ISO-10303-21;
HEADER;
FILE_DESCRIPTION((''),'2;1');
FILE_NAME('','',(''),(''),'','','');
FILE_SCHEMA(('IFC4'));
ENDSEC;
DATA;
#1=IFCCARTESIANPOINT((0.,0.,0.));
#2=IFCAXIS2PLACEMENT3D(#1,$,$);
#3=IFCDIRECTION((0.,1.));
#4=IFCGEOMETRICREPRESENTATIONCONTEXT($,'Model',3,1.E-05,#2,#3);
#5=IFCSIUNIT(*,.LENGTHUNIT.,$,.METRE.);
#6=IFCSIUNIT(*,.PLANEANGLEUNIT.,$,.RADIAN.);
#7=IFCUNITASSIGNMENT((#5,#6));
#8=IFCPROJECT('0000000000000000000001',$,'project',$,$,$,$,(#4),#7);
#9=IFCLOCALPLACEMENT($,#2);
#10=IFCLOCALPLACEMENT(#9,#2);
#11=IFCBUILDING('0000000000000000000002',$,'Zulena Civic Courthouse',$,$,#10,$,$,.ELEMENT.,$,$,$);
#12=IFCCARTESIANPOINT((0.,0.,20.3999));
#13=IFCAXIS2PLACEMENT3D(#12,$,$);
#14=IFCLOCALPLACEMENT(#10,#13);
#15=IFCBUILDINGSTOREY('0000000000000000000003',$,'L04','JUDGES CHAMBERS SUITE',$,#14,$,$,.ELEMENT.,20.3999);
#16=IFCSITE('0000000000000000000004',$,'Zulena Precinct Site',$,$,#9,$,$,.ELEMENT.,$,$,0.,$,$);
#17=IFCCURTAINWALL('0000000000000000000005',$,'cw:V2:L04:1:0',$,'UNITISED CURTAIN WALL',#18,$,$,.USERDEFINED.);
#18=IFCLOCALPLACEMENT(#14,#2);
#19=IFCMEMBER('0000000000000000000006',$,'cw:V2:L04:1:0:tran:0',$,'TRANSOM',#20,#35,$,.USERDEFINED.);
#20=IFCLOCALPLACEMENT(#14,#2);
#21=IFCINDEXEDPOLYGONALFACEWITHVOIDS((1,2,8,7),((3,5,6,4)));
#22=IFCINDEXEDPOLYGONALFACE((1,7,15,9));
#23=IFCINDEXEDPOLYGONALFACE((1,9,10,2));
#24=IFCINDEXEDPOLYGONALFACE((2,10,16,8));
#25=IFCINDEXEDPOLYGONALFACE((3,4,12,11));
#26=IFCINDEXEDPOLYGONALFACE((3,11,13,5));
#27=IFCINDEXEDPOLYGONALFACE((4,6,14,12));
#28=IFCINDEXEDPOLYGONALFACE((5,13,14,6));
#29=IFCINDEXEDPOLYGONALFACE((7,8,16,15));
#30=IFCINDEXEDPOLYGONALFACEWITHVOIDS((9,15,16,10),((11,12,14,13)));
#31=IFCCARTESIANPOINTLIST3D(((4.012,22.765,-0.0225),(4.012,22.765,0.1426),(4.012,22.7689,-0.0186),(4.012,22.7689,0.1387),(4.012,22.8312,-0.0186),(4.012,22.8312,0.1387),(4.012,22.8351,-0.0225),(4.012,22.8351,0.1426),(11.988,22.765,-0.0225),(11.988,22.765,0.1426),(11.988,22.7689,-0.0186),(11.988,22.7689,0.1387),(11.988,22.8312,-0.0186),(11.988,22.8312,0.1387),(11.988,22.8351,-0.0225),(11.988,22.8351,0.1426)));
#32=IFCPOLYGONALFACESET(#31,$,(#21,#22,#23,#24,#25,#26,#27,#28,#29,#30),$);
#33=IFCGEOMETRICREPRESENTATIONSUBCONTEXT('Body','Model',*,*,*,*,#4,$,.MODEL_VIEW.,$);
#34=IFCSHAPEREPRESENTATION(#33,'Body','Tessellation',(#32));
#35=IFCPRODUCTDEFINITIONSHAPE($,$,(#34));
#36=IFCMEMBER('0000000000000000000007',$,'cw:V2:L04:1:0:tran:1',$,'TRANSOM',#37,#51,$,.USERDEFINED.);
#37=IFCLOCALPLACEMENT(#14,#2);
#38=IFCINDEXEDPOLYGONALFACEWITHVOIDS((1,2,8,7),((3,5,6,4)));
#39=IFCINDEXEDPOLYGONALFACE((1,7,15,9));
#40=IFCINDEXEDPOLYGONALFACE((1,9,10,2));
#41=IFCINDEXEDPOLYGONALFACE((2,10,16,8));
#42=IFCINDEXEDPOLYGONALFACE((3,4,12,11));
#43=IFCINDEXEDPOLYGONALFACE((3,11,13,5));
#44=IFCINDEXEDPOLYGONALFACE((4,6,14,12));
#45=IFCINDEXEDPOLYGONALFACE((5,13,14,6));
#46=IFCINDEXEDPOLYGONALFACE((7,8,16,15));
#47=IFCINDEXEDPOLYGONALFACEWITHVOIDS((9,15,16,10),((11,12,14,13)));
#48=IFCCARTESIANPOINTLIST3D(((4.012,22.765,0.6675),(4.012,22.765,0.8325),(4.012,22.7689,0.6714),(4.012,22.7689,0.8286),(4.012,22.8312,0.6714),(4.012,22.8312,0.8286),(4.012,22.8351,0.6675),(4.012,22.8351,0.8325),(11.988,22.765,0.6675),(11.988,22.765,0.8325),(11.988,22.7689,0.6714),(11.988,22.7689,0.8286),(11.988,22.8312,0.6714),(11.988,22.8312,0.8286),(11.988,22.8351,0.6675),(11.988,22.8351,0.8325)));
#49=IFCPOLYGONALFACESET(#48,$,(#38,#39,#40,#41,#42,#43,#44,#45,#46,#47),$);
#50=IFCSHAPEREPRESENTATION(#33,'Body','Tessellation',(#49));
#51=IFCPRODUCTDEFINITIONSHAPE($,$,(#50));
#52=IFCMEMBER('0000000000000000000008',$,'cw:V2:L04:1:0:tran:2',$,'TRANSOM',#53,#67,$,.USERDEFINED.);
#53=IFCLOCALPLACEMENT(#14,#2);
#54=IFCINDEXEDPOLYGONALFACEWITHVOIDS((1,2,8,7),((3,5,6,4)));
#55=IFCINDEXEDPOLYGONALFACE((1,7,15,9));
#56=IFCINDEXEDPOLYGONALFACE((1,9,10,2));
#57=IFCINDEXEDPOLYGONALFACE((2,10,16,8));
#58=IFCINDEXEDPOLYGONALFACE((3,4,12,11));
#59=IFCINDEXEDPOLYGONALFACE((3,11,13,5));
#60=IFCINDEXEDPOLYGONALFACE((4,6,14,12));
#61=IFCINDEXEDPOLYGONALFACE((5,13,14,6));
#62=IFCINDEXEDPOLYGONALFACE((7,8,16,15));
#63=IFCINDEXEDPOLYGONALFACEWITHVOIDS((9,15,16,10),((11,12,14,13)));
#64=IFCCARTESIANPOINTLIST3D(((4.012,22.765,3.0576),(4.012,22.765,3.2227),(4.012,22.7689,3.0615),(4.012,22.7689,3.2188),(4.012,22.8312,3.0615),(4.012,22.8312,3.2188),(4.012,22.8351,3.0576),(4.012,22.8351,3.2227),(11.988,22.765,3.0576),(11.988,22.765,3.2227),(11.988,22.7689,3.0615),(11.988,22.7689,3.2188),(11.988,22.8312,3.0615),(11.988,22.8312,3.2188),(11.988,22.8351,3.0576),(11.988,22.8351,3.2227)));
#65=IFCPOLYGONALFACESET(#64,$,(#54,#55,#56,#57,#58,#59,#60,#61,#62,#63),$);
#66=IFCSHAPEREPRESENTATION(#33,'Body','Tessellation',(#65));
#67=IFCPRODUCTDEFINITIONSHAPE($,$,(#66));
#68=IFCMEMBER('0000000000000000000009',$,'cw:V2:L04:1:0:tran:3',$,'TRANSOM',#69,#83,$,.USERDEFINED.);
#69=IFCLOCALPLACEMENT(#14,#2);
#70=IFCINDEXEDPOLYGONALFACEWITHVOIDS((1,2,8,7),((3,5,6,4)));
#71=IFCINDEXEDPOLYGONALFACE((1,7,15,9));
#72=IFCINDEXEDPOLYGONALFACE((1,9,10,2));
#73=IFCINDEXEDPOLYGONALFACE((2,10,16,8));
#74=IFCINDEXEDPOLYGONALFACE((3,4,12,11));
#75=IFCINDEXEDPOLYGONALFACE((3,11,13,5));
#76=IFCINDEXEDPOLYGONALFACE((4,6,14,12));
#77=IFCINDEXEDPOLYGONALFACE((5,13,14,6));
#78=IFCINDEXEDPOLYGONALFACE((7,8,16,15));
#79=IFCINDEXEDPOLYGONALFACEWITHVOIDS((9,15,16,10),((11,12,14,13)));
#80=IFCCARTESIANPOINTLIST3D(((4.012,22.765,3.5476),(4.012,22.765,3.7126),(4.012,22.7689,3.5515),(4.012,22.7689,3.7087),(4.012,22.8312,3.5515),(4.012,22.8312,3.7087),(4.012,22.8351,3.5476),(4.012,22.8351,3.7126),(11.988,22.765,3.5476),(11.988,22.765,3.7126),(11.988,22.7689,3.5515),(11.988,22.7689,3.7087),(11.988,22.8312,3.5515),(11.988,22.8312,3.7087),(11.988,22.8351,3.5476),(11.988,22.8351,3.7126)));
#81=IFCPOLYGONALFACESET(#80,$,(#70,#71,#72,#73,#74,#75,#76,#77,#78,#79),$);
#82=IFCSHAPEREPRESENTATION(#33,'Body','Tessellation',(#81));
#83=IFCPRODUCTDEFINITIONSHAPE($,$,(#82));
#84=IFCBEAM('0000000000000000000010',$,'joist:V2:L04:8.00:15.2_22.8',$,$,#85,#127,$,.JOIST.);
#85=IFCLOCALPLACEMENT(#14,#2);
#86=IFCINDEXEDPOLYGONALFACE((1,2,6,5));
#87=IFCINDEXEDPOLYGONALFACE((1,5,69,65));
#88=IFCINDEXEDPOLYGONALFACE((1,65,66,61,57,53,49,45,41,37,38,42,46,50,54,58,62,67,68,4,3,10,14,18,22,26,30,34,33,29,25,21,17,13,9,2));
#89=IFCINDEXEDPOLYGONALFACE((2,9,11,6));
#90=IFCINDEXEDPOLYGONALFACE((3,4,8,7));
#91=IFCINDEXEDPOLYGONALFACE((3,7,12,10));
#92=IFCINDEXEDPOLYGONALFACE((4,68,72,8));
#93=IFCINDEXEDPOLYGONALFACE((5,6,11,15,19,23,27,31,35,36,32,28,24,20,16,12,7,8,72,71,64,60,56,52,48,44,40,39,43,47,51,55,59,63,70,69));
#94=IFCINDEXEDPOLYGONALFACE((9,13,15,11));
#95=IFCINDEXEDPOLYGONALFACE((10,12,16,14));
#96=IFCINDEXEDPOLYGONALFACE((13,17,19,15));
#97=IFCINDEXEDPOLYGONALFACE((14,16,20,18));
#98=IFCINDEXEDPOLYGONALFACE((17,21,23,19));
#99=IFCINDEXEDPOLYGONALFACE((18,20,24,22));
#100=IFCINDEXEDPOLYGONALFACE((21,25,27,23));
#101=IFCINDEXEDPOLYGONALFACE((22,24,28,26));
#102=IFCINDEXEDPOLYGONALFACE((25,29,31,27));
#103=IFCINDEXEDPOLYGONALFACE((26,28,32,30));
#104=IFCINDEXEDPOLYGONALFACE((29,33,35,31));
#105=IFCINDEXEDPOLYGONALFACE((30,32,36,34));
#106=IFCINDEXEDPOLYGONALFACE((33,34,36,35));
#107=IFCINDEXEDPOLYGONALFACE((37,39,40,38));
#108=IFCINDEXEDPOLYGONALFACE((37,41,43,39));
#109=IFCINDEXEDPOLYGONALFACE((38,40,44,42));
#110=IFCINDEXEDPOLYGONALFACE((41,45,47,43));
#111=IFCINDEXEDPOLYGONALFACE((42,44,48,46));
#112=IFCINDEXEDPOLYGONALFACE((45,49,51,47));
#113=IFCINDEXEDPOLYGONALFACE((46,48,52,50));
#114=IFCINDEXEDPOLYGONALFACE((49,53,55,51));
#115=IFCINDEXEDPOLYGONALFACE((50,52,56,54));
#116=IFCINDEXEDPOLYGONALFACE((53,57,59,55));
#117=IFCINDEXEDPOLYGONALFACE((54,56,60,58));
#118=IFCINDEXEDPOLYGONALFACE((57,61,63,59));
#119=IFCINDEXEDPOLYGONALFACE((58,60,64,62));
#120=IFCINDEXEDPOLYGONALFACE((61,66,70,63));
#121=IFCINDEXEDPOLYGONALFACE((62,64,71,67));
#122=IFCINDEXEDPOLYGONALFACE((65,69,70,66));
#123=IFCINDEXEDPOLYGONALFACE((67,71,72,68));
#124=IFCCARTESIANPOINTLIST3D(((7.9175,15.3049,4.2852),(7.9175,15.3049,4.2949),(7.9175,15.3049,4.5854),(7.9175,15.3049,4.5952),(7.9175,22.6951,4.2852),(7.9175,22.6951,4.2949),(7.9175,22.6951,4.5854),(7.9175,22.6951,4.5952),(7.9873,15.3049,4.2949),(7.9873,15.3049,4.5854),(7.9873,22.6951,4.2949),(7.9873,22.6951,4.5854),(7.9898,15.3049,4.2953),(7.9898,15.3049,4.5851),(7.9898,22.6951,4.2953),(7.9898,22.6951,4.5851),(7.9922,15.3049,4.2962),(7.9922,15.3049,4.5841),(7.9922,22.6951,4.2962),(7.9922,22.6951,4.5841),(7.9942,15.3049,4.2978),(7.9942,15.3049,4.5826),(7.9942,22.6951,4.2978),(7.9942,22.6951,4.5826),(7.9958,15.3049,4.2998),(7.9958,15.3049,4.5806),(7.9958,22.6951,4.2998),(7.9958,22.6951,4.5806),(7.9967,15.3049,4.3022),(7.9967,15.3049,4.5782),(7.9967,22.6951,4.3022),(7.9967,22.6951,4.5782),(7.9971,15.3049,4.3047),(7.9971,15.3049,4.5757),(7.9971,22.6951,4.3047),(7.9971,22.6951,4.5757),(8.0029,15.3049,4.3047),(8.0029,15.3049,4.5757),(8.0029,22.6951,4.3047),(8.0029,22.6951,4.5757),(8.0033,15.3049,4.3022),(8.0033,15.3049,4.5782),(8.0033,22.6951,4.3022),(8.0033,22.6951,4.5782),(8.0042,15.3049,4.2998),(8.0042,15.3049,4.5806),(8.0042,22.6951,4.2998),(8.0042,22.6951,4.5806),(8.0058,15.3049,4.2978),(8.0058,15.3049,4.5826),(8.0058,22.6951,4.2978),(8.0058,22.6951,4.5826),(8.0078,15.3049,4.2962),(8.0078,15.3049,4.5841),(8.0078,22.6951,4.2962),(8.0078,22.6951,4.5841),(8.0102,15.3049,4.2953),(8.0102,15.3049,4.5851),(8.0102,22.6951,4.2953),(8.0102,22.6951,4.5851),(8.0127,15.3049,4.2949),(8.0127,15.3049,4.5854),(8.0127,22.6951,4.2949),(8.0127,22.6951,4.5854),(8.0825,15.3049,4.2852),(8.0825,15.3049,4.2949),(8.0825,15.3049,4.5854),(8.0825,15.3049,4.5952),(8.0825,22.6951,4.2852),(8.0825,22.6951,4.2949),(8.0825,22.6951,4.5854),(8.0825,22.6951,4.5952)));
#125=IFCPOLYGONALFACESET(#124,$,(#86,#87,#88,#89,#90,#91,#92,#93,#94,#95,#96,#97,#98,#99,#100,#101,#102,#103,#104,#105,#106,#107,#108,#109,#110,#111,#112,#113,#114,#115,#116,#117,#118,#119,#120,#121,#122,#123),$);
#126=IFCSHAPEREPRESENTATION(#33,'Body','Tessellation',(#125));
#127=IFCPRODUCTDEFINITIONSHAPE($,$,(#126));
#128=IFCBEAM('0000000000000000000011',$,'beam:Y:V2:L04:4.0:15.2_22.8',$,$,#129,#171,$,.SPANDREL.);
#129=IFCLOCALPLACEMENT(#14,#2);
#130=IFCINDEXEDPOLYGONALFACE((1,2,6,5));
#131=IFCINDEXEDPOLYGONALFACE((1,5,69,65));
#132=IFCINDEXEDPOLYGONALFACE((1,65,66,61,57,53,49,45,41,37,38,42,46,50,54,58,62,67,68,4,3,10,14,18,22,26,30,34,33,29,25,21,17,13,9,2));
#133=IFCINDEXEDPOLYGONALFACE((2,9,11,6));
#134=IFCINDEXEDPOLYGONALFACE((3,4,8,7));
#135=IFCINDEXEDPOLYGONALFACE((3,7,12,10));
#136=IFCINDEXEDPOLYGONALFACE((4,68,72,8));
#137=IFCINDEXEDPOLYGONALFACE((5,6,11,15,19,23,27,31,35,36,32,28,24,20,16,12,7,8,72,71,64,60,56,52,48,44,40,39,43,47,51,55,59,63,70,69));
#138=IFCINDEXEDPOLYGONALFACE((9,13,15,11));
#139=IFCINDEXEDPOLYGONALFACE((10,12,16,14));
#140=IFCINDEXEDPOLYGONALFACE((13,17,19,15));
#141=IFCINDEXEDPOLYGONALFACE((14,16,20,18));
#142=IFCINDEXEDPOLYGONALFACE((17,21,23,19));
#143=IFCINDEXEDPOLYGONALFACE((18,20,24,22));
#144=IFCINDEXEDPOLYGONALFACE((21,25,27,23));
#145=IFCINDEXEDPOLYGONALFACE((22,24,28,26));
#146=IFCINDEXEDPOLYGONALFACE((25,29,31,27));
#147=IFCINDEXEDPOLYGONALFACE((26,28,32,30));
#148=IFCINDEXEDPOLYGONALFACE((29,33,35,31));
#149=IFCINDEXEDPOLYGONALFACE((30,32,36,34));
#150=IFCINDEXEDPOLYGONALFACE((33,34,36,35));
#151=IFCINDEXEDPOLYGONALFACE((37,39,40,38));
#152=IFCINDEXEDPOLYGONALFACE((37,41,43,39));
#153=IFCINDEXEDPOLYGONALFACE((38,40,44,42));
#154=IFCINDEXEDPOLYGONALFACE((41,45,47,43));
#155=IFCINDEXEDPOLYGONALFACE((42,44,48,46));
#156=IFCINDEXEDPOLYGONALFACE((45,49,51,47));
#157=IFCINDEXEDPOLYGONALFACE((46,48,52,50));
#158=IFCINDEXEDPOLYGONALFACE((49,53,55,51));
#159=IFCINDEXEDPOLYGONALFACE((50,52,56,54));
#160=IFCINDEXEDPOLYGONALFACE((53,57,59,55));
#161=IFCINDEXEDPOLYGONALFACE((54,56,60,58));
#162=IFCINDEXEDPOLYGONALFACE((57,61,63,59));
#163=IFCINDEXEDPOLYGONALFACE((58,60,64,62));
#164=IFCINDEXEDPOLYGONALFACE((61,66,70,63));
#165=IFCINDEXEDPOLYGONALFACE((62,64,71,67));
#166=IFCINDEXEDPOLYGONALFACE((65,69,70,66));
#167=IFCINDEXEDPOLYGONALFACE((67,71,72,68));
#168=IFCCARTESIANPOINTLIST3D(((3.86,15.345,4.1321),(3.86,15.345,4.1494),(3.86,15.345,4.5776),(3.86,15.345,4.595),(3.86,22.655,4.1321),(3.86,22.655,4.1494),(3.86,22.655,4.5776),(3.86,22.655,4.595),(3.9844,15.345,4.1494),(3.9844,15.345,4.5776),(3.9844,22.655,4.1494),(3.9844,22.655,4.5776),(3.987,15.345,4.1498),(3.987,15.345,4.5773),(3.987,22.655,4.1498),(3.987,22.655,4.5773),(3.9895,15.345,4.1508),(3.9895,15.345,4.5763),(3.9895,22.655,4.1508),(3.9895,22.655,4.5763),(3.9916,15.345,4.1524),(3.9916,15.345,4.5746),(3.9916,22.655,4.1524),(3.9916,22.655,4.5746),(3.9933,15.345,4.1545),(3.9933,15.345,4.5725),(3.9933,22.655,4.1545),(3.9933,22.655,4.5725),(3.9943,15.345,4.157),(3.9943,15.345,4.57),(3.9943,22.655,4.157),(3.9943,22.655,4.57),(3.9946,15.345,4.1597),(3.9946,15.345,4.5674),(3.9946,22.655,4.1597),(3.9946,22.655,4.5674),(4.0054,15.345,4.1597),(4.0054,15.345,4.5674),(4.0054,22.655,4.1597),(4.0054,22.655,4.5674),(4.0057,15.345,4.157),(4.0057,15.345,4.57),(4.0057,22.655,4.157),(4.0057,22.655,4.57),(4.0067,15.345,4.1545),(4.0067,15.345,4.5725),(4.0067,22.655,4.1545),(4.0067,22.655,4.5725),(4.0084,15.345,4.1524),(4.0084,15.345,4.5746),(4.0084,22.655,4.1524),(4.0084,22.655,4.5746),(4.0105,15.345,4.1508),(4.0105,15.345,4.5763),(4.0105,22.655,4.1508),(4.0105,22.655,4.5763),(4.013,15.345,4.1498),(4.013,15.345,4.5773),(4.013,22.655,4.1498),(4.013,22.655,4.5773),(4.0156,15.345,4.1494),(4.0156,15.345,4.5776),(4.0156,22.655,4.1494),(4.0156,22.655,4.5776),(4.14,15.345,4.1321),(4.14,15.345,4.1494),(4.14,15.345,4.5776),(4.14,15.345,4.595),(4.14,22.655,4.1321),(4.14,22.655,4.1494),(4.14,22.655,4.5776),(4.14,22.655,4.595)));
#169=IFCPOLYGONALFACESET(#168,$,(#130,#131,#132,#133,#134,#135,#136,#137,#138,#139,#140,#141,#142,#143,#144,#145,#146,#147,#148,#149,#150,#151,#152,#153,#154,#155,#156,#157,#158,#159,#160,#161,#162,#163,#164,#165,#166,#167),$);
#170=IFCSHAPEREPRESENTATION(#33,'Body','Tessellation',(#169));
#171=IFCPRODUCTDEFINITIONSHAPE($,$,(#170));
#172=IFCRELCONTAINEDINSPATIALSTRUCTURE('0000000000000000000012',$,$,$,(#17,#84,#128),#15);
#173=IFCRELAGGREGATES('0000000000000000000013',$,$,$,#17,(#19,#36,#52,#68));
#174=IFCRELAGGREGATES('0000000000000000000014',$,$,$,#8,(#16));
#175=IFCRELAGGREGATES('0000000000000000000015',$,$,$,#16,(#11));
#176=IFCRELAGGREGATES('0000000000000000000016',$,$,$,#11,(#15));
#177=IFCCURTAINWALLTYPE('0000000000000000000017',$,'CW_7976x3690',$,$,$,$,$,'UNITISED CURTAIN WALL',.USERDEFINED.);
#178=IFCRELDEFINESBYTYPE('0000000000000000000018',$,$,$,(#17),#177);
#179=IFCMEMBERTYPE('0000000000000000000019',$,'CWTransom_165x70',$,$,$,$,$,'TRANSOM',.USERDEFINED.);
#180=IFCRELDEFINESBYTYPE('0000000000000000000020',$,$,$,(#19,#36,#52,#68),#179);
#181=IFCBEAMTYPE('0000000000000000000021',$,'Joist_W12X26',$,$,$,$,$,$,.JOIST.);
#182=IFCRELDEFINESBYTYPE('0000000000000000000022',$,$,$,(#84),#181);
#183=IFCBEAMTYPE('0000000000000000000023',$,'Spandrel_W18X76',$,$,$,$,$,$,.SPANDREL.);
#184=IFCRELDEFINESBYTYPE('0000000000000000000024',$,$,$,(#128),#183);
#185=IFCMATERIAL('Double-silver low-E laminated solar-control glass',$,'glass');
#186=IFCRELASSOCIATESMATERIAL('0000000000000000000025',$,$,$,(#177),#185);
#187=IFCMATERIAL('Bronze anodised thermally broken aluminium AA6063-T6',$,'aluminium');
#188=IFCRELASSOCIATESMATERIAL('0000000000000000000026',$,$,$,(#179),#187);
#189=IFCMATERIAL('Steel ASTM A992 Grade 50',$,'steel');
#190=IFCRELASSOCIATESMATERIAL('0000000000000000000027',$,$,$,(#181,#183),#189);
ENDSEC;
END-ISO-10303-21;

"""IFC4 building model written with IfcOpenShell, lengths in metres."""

from ifc_helpers import new_model, si_unit, direction, frame, origin, origin_2d, place, context, subcontext, project, spatial, hollow_rectangle, i_section, extrude, material, material_profile, profile_set, type_object, element, aggregate, save


model = new_model("IFC4")

# Units and contexts
model_context = context("Model", 3, precision=1e-05, world=origin(), true_north=direction((0.0, 1.0)))
body_context = subcontext(model_context, "Body", "Model", "MODEL_VIEW")
ifc_project = project(units=[si_unit("LENGTHUNIT", "METRE"), si_unit("PLANEANGLEUNIT", "RADIAN")], contexts=[model_context])

# Site, building, storey
site_placement = place(None, origin())
site = spatial("IfcSite", under=ifc_project, at=site_placement, Name="Zulena Precinct Site", CompositionType="ELEMENT", RefElevation=0.0)
building_placement = place(site_placement, origin())
building = spatial("IfcBuilding", under=site, at=building_placement, Name="Zulena Civic Courthouse", CompositionType="ELEMENT")
storey_placement = place(building_placement, frame((0.0, 0.0, 20.3999)))
storey = spatial("IfcBuildingStorey", under=building, at=storey_placement, Name="L04", Description="JUDGES CHAMBERS SUITE", CompositionType="ELEMENT", Elevation=20.3999)

# Shared definitions
ifc_material_1 = material(Name="Steel ASTM A992 Grade 50", Category="steel")

# Curtain wall, members
ifc_material_2 = material(Name="Double-silver low-E laminated solar-control glass", Category="glass")
curtain_wall_type = type_object("IfcCurtainWallType", Name="CW_7976x3690", ElementType="UNITISED CURTAIN WALL", PredefinedType="USERDEFINED", material=ifc_material_2)
curtain_wall_placement = place(storey_placement, origin())
curtain_wall = element("IfcCurtainWall", 1, at=curtain_wall_placement, inside=storey, type_object=curtain_wall_type, Name="cw:V2:L04:1:0", ObjectType="UNITISED CURTAIN WALL", PredefinedType="USERDEFINED")
ifc_material_3 = material(Name="Bronze anodised thermally broken aluminium AA6063-T6", Category="aluminium")
ifc_material_profile_1 = material_profile(ifc_material_3, hollow_rectangle(XDim=0.0701, YDim=0.165, WallThickness=0.0039, at=origin_2d()), Name="CWT165X70X4")
ifc_profile_set_1 = profile_set([ifc_material_profile_1], Name="Bronze anodised thermally broken aluminium AA6063-T6")
member_type_1 = type_object("IfcMemberType", Name="CWTransom_165x70", ElementType="TRANSOM", PredefinedType="USERDEFINED", material=ifc_profile_set_1)
member_1_placement = place(storey_placement, frame((4.012, 22.8, 0.0601), z_axis=(1.0, 0.0, 0.0), x_axis=(0.0, 1.0, 0.0)))
member_1 = element("IfcMember", 2, at=member_1_placement, type_object=member_type_1, Name="cw:V2:L04:1:0:tran:0", ObjectType="TRANSOM", PredefinedType="USERDEFINED", context=body_context, shape_type="SweptSolid", body=[
    extrude(hollow_rectangle(XDim=0.0701, YDim=0.165, WallThickness=0.0039, at=origin_2d()), origin(), (0.0, 0.0, 1.0), 7.9761),
])
member_2_placement = place(storey_placement, frame((4.012, 22.8, 0.75), z_axis=(1.0, 0.0, 0.0), x_axis=(0.0, 1.0, 0.0)))
member_2 = element("IfcMember", 3, at=member_2_placement, type_object=member_type_1, Name="cw:V2:L04:1:0:tran:1", ObjectType="TRANSOM", PredefinedType="USERDEFINED", context=body_context, shape_type="SweptSolid", body=[
    extrude(hollow_rectangle(XDim=0.0701, YDim=0.165, WallThickness=0.0039, at=origin_2d()), origin(), (0.0, 0.0, 1.0), 7.9761),
])
member_3_placement = place(storey_placement, frame((4.012, 22.8, 3.1401), z_axis=(1.0, 0.0, 0.0), x_axis=(0.0, 1.0, 0.0)))
member_3 = element("IfcMember", 4, at=member_3_placement, type_object=member_type_1, Name="cw:V2:L04:1:0:tran:2", ObjectType="TRANSOM", PredefinedType="USERDEFINED", context=body_context, shape_type="SweptSolid", body=[
    extrude(hollow_rectangle(XDim=0.0701, YDim=0.165, WallThickness=0.0039, at=origin_2d()), origin(), (0.0, 0.0, 1.0), 7.9761),
])
member_4_placement = place(storey_placement, frame((4.012, 22.8, 3.6301), z_axis=(1.0, 0.0, 0.0), x_axis=(0.0, 1.0, 0.0)))
member_4 = element("IfcMember", 5, at=member_4_placement, type_object=member_type_1, Name="cw:V2:L04:1:0:tran:3", ObjectType="TRANSOM", PredefinedType="USERDEFINED", context=body_context, shape_type="SweptSolid", body=[
    extrude(hollow_rectangle(XDim=0.0701, YDim=0.165, WallThickness=0.0039, at=origin_2d()), origin(), (0.0, 0.0, 1.0), 7.9761),
])

# Beams
ifc_material_profile_2 = material_profile(ifc_material_1, i_section(OverallWidth=0.165, OverallDepth=0.3101, WebThickness=0.0059, FlangeThickness=0.0098, FilletRadius=0.0098, at=origin_2d()), Name="W12X26")
ifc_profile_set_2 = profile_set([ifc_material_profile_2], Name="Steel ASTM A992 Grade 50")
beam_type_1 = type_object("IfcBeamType", Name="Joist_W12X26", PredefinedType="JOIST", material=ifc_profile_set_2)
beam_1_placement = place(storey_placement, frame((8.0, 15.3049, 4.4402), z_axis=(0.0, 1.0, 0.0), x_axis=(-1.0, 0.0, 0.0)))
element("IfcBeam", 6, at=beam_1_placement, inside=storey, type_object=beam_type_1, Name="joist:V2:L04:8.00:15.2_22.8", PredefinedType="JOIST", context=body_context, shape_type="SweptSolid", body=[
    extrude(i_section(OverallWidth=0.165, OverallDepth=0.3101, WebThickness=0.0059, FlangeThickness=0.0098, FilletRadius=0.0098, at=origin_2d()), origin(), (0.0, 0.0, 1.0), 7.3901),
])
ifc_material_profile_3 = material_profile(ifc_material_1, i_section(OverallWidth=0.28, OverallDepth=0.4629, WebThickness=0.0107, FlangeThickness=0.0173, FilletRadius=0.0103, at=origin_2d()), Name="W18X76")
ifc_profile_set_3 = profile_set([ifc_material_profile_3], Name="Steel ASTM A992 Grade 50")
beam_type_2 = type_object("IfcBeamType", Name="Spandrel_W18X76", PredefinedType="SPANDREL", material=ifc_profile_set_3)
beam_2_placement = place(storey_placement, frame((4.0, 15.345, 4.3635), z_axis=(0.0, 1.0, 0.0), x_axis=(-1.0, 0.0, 0.0)))
element("IfcBeam", 7, at=beam_2_placement, inside=storey, type_object=beam_type_2, Name="beam:Y:V2:L04:4.0:15.2_22.8", PredefinedType="SPANDREL", context=body_context, shape_type="SweptSolid", body=[
    extrude(i_section(OverallWidth=0.28, OverallDepth=0.4629, WebThickness=0.0107, FlangeThickness=0.0173, FilletRadius=0.0103, at=origin_2d()), origin(), (0.0, 0.0, 1.0), 7.3101),
])

aggregate(curtain_wall, [member_1, member_2, member_3, member_4])

save(model, "model.ifc")
